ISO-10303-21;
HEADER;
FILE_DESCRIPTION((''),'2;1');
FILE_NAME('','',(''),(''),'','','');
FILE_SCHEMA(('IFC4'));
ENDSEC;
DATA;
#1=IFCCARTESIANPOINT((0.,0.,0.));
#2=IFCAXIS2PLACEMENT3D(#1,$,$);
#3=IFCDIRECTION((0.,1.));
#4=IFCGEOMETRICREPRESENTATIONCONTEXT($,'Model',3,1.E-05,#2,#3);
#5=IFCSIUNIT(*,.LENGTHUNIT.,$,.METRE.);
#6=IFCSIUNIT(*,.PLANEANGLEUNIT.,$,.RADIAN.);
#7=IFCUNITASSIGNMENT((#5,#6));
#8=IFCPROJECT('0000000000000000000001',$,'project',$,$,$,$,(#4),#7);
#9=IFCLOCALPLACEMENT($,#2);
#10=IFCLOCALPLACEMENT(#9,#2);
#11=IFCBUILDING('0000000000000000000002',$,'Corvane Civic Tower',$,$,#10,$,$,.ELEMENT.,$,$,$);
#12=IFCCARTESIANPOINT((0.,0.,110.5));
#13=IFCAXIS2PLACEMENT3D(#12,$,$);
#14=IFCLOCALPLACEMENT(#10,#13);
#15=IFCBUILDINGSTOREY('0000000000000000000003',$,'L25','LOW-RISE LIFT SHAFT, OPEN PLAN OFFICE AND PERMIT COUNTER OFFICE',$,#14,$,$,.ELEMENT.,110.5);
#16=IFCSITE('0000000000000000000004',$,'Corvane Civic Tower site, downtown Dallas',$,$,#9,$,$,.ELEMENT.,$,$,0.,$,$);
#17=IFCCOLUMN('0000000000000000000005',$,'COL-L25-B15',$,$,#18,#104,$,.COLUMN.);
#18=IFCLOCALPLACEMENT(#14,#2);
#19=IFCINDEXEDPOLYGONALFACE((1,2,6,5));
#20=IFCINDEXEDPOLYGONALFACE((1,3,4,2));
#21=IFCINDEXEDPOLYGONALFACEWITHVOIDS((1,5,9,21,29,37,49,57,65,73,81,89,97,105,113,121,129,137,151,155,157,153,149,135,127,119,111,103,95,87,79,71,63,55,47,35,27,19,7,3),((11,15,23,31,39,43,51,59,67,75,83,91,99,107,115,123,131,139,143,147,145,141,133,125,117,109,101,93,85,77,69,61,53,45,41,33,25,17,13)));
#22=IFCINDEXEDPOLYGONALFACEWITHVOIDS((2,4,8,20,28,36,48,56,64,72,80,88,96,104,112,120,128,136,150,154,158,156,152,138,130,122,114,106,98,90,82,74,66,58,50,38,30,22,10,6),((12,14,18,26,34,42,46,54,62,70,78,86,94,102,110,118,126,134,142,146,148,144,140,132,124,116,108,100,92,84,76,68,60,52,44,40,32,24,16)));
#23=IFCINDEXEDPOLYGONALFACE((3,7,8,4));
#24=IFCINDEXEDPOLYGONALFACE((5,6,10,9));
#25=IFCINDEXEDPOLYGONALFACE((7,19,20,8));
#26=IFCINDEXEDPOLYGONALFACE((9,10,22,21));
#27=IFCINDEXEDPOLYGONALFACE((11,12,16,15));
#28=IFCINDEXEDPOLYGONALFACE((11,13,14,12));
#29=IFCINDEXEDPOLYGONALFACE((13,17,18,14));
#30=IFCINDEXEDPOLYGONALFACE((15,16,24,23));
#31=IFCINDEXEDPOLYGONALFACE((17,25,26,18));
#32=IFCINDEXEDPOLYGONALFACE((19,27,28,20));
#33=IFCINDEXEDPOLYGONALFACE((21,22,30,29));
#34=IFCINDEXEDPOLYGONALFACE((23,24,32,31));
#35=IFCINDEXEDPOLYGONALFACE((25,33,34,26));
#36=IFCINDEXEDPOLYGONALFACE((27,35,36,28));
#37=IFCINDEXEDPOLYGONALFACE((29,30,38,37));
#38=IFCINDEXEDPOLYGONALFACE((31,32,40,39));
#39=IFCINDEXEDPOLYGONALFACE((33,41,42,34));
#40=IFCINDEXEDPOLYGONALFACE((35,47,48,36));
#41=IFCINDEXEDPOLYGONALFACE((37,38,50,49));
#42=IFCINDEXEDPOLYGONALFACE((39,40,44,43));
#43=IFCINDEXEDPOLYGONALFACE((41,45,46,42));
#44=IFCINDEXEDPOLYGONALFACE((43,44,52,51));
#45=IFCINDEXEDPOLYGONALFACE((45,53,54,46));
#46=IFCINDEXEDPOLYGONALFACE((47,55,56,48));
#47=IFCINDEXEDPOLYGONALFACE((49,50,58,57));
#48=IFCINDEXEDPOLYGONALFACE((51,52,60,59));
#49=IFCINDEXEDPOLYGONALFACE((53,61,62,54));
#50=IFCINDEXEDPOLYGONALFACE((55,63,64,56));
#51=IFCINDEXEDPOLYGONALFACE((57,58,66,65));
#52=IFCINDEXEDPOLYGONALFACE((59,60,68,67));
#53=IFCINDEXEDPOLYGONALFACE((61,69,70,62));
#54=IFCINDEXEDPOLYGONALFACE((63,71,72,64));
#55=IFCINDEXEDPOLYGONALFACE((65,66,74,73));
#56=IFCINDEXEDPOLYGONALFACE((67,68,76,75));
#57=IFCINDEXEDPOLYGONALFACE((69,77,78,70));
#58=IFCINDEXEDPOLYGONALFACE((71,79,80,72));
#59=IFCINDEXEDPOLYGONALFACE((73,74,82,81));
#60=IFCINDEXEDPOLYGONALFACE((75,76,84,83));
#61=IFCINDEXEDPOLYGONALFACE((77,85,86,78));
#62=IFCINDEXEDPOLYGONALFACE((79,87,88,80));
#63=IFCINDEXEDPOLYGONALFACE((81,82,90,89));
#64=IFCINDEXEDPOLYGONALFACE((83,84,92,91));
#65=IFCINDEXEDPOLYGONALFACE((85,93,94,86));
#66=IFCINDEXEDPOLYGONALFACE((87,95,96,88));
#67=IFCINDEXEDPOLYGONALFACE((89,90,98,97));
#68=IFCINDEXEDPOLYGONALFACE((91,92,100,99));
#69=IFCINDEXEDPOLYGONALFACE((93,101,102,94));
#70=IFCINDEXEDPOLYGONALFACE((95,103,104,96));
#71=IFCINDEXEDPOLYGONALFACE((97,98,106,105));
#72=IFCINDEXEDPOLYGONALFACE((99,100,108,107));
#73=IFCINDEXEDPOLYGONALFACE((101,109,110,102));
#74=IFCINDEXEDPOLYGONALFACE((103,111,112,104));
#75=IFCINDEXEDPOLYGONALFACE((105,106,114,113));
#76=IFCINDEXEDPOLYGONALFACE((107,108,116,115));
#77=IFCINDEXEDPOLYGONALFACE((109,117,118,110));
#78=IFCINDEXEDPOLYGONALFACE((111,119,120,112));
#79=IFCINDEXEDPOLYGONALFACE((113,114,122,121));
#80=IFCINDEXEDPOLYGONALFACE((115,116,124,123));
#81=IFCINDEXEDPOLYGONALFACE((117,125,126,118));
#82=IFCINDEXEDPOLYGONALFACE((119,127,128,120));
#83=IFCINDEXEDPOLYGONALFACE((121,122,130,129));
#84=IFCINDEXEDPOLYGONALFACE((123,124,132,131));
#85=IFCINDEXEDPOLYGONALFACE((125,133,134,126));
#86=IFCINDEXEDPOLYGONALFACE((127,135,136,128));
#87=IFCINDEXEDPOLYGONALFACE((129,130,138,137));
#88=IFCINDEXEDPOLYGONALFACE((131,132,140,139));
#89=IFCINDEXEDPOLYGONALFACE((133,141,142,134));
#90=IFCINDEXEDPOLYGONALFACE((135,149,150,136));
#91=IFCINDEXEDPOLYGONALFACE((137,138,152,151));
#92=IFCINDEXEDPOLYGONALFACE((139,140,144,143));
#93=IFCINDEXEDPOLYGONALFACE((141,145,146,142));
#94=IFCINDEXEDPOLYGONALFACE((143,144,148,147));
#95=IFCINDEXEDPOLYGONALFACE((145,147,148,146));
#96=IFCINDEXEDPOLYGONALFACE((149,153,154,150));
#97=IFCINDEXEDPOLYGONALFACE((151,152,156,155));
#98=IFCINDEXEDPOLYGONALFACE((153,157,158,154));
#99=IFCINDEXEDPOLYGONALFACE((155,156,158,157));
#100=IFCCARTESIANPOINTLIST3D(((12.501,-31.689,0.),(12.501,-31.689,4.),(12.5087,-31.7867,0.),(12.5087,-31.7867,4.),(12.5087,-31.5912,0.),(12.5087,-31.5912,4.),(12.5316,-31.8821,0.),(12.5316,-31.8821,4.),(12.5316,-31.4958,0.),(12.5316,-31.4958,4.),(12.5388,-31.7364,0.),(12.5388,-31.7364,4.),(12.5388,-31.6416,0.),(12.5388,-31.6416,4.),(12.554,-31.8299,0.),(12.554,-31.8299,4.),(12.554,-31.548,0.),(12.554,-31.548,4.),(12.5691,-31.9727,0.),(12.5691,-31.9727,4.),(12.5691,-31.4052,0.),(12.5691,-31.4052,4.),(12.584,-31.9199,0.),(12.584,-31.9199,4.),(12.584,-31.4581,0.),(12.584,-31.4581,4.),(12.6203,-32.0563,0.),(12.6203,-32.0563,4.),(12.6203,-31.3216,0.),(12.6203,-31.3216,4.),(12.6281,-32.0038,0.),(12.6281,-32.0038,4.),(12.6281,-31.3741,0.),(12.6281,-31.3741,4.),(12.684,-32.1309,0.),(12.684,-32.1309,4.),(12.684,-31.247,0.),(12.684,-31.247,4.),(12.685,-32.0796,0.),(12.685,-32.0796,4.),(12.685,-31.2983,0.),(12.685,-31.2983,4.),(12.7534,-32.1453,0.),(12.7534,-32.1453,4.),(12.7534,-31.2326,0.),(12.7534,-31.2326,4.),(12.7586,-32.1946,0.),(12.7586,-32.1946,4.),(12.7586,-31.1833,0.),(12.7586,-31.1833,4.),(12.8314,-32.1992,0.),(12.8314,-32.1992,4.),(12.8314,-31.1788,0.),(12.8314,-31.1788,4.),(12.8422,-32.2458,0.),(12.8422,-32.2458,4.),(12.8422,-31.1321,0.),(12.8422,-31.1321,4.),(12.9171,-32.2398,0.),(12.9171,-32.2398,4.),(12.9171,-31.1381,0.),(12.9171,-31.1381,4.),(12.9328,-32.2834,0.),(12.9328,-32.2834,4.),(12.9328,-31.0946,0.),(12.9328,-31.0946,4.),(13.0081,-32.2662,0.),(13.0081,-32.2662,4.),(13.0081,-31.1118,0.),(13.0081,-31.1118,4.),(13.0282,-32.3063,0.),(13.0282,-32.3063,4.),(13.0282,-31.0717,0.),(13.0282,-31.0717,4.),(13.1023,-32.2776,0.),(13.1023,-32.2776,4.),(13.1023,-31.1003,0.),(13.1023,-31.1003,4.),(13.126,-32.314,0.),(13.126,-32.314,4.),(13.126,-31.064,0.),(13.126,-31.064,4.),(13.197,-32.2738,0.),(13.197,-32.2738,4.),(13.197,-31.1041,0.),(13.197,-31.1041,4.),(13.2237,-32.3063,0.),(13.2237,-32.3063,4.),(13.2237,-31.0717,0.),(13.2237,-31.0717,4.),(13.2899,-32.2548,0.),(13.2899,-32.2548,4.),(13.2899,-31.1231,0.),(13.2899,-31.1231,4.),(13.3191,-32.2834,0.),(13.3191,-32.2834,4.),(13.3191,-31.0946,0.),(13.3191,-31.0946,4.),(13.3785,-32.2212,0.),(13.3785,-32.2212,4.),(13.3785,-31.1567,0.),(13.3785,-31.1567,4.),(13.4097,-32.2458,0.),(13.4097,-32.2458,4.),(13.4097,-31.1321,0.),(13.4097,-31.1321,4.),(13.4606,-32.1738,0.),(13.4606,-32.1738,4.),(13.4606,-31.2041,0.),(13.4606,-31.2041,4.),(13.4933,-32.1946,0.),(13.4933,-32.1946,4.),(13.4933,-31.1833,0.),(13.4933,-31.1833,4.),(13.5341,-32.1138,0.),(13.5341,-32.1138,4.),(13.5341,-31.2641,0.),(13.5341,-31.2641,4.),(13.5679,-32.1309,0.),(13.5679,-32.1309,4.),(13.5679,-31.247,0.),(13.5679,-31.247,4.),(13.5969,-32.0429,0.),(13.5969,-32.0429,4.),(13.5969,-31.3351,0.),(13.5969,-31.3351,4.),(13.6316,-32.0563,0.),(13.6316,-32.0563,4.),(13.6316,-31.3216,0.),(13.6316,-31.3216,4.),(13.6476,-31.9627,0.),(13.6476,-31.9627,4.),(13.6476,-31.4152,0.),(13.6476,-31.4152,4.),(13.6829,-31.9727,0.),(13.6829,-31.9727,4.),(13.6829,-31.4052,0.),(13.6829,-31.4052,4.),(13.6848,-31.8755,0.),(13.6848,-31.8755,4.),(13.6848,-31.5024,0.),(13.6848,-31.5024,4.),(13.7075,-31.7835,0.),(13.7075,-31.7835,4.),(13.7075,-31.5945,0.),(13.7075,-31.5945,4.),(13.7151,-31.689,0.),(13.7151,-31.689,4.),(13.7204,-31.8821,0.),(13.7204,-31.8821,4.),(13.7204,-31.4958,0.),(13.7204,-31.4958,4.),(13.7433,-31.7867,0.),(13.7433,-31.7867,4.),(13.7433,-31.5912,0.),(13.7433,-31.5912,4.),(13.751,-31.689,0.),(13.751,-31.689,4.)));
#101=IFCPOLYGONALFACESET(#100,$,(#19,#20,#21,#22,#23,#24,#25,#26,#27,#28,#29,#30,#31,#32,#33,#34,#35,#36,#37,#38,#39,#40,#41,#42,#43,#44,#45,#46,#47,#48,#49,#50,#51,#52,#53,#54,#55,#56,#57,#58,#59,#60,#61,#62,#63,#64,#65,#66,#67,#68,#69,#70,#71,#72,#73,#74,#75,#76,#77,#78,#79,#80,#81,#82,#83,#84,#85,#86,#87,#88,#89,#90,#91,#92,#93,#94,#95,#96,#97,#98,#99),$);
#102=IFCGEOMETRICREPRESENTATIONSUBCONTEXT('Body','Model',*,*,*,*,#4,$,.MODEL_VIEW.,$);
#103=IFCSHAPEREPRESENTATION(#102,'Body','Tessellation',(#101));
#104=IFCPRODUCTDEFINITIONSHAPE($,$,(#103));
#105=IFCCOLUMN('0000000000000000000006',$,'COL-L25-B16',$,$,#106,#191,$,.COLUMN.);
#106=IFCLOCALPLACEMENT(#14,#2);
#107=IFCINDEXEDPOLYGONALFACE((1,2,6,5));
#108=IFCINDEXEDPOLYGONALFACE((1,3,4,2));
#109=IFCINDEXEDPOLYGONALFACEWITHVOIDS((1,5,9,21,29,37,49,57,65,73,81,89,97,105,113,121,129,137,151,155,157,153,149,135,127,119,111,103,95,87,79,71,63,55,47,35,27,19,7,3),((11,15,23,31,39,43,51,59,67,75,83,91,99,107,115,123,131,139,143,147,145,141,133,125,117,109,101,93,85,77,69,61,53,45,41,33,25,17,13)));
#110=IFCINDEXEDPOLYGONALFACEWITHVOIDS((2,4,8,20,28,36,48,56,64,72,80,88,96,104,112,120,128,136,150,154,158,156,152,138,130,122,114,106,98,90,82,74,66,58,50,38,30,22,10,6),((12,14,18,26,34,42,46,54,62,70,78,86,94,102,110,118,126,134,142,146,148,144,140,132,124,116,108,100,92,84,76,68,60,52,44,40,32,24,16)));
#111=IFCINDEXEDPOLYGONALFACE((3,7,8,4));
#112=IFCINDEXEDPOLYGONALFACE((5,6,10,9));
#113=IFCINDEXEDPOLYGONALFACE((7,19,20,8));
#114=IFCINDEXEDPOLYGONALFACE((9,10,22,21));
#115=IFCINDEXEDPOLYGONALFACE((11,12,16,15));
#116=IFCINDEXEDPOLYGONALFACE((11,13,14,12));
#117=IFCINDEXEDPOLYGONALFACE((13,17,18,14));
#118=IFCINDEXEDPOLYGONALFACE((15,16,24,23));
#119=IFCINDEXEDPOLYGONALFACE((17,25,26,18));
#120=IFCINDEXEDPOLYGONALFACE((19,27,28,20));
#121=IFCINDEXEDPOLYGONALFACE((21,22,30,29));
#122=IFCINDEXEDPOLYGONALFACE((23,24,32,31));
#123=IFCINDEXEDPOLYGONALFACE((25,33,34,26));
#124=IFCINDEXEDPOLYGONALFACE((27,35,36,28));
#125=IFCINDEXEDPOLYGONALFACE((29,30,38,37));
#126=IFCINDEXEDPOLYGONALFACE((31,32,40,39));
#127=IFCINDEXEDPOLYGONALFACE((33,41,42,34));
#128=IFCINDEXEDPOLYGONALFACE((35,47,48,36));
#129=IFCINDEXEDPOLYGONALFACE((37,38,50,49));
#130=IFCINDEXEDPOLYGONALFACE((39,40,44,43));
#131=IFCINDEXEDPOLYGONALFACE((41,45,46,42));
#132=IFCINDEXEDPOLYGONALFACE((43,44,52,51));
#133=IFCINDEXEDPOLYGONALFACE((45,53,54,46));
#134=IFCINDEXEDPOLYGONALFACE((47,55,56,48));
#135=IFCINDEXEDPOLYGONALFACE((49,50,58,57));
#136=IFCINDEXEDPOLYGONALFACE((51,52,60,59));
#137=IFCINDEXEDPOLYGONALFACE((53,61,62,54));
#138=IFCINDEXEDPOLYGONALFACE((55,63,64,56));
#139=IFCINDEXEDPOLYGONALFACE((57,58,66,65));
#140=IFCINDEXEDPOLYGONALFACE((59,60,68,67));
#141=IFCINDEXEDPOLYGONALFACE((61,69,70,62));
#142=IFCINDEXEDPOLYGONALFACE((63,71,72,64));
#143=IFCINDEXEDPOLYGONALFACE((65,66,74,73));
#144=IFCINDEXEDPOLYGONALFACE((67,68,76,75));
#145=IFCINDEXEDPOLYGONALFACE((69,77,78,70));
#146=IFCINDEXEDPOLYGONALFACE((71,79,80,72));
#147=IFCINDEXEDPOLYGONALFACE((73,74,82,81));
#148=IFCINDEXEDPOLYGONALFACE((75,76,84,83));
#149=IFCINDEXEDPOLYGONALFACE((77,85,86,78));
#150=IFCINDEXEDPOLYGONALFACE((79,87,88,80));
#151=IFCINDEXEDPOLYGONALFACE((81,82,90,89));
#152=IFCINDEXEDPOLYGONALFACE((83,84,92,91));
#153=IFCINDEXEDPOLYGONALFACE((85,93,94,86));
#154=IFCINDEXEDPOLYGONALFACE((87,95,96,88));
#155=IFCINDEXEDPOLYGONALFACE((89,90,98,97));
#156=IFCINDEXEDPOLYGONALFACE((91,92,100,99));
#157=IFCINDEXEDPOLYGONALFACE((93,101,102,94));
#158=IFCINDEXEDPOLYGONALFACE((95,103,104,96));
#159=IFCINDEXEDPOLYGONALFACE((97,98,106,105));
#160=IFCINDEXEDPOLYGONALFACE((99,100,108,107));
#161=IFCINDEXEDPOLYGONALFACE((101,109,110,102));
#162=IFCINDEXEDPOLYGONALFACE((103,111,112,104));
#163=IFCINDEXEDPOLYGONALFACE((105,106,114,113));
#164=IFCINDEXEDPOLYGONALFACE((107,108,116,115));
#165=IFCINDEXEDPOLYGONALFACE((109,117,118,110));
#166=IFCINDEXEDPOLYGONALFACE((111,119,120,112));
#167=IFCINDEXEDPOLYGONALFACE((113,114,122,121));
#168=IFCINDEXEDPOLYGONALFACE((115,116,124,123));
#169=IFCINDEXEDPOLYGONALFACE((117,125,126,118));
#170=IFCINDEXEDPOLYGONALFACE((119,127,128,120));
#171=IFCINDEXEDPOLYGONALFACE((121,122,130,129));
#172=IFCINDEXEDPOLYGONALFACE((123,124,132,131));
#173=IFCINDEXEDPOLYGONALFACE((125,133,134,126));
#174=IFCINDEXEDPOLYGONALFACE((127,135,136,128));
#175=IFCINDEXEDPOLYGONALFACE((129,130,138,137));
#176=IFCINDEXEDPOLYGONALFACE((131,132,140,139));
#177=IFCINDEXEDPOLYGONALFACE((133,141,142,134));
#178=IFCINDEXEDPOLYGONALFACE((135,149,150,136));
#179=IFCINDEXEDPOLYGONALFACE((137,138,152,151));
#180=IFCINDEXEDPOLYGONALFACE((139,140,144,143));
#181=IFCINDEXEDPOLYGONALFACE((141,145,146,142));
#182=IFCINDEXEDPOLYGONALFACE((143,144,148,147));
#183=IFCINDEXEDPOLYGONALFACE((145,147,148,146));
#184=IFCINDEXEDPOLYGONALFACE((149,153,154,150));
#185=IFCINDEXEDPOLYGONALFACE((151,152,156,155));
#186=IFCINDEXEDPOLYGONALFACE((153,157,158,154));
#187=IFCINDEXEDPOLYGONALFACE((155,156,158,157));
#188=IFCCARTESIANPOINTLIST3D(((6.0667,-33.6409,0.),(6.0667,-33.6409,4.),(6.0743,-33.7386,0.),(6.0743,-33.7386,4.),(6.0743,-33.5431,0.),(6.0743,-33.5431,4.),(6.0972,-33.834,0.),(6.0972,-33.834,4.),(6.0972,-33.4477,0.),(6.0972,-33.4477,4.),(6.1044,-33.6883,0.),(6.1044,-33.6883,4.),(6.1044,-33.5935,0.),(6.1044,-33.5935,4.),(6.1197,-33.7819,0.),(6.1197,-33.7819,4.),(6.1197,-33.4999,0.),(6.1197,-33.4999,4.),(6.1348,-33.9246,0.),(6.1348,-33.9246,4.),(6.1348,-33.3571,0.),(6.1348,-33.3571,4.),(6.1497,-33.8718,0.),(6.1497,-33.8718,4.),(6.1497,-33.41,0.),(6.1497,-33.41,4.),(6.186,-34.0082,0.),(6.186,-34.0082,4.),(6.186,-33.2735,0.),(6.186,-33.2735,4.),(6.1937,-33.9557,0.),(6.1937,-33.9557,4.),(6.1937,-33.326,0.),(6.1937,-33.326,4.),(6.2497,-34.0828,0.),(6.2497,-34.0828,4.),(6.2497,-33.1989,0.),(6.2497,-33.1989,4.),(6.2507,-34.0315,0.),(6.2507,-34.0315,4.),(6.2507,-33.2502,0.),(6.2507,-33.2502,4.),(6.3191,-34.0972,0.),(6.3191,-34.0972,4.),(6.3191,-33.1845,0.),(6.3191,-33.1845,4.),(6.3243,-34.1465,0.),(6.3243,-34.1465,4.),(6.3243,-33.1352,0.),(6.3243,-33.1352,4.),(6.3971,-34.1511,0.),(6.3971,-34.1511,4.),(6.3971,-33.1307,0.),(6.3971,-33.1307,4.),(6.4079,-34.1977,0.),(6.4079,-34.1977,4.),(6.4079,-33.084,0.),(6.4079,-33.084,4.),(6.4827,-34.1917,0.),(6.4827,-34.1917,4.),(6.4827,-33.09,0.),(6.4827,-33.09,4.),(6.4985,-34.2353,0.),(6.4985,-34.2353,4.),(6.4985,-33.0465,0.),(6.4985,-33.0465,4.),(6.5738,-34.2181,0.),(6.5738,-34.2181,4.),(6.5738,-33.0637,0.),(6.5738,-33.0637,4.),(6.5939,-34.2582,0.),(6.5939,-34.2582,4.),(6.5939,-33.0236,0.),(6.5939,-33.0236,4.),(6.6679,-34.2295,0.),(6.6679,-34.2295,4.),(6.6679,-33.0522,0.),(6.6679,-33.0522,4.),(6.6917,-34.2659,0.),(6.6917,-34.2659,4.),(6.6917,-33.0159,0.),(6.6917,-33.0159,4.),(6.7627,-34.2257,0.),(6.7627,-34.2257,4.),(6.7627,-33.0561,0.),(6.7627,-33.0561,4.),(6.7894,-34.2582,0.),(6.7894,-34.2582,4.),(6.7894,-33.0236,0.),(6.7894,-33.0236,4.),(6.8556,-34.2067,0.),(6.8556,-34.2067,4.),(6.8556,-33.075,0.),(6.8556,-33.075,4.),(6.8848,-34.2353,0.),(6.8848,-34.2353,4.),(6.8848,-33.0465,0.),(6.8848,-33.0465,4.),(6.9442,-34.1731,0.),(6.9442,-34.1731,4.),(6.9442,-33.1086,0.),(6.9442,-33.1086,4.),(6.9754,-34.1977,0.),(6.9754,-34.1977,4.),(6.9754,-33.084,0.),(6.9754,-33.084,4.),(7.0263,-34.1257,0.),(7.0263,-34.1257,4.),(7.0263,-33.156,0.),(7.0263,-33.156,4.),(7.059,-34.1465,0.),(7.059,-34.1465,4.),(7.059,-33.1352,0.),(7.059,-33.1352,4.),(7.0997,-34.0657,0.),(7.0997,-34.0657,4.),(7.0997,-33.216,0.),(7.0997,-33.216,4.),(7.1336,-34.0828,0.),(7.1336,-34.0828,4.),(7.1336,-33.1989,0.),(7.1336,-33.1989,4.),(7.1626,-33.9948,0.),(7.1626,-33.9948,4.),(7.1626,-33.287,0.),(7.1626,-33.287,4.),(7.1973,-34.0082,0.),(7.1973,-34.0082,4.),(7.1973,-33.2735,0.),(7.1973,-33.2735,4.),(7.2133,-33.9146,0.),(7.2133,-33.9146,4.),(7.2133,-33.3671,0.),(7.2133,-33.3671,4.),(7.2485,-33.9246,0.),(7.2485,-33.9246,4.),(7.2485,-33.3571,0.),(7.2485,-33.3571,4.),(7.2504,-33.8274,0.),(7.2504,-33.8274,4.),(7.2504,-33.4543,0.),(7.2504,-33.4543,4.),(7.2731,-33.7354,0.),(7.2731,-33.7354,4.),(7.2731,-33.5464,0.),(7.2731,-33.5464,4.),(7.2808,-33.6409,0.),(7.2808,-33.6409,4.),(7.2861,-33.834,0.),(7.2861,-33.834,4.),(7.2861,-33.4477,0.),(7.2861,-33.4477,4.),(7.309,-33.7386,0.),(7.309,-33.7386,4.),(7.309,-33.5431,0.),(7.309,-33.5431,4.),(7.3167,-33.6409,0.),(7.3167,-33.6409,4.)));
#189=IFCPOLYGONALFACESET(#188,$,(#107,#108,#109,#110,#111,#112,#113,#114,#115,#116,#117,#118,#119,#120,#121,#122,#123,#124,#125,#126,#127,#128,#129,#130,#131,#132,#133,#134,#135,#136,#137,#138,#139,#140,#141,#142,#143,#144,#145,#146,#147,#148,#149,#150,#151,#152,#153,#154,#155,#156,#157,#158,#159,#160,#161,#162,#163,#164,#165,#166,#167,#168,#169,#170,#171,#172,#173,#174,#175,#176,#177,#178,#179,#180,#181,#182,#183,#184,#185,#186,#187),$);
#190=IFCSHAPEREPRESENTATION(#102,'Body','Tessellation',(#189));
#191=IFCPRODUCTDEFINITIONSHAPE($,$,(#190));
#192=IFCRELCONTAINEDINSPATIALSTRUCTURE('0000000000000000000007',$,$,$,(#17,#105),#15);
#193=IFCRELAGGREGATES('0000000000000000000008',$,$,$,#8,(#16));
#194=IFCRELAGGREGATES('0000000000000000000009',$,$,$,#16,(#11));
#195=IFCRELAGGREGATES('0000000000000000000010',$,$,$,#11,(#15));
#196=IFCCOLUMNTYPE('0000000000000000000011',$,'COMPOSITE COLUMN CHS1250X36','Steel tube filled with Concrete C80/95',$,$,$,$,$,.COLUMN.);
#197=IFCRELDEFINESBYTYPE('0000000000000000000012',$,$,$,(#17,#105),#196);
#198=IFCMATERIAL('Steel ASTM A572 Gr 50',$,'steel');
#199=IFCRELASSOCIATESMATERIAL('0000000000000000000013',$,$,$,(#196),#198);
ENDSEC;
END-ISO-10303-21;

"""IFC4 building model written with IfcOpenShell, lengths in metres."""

from ifc_helpers import new_model, si_unit, direction, frame, origin, origin_2d, place, context, subcontext, project, spatial, hollow_circle, extrude, material, material_profile, profile_set, type_object, element, save


model = new_model("IFC4")

# Units and contexts
model_context = context("Model", 3, precision=1e-05, world=origin(), true_north=direction((0.0, 1.0)))
body_context = subcontext(model_context, "Body", "Model", "MODEL_VIEW")
ifc_project = project(units=[si_unit("LENGTHUNIT", "METRE"), si_unit("PLANEANGLEUNIT", "RADIAN")], contexts=[model_context])

# Site, building, storey
site_placement = place(None, origin())
site = spatial("IfcSite", under=ifc_project, at=site_placement, Name="Corvane Civic Tower site, downtown Dallas", CompositionType="ELEMENT", RefElevation=0.0)
building_placement = place(site_placement, origin())
building = spatial("IfcBuilding", under=site, at=building_placement, Name="Corvane Civic Tower", CompositionType="ELEMENT")
storey_placement = place(building_placement, frame((0.0, 0.0, 110.5)))
storey = spatial("IfcBuildingStorey", under=building, at=storey_placement, Name="L25", Description="LOW-RISE LIFT SHAFT, OPEN PLAN OFFICE AND PERMIT COUNTER OFFICE", CompositionType="ELEMENT", Elevation=110.5)

# Columns
ifc_material_1 = material(Name="Steel ASTM A572 Gr 50", Category="steel")
ifc_material_profile_1 = material_profile(ifc_material_1, hollow_circle(Radius=0.625, WallThickness=0.0359, at=origin_2d()), Name="CHS1250X36")
ifc_profile_set_1 = profile_set([ifc_material_profile_1], Name="Steel ASTM A572 Gr 50")
column_type = type_object("IfcColumnType", Name="COMPOSITE COLUMN CHS1250X36", Description="Steel tube filled with Concrete C80/95", PredefinedType="COLUMN", material=ifc_profile_set_1)
for number, where, z_axis, x_axis, name in (
    (1, (13.126, -31.689, 0.0), (0.0, 0.0, 1.0), (1.0, 0.0, 0.0), "COL-L25-B15"),
    (2, (6.6917, -33.6409, 0.0), (0.0, 0.0, 1.0), (1.0, 0.0, 0.0), "COL-L25-B16"),
):
    element("IfcColumn", number, at=place(storey_placement, frame(where, z_axis=z_axis, x_axis=x_axis)), inside=storey, type_object=column_type, Name=name, PredefinedType="COLUMN", context=body_context, shape_type="SweptSolid", body=[
        extrude(hollow_circle(Radius=0.625, WallThickness=0.0359, at=origin_2d()), origin(), (0.0, 0.0, 1.0), 4.0),
    ])

save(model, "model.ifc")
